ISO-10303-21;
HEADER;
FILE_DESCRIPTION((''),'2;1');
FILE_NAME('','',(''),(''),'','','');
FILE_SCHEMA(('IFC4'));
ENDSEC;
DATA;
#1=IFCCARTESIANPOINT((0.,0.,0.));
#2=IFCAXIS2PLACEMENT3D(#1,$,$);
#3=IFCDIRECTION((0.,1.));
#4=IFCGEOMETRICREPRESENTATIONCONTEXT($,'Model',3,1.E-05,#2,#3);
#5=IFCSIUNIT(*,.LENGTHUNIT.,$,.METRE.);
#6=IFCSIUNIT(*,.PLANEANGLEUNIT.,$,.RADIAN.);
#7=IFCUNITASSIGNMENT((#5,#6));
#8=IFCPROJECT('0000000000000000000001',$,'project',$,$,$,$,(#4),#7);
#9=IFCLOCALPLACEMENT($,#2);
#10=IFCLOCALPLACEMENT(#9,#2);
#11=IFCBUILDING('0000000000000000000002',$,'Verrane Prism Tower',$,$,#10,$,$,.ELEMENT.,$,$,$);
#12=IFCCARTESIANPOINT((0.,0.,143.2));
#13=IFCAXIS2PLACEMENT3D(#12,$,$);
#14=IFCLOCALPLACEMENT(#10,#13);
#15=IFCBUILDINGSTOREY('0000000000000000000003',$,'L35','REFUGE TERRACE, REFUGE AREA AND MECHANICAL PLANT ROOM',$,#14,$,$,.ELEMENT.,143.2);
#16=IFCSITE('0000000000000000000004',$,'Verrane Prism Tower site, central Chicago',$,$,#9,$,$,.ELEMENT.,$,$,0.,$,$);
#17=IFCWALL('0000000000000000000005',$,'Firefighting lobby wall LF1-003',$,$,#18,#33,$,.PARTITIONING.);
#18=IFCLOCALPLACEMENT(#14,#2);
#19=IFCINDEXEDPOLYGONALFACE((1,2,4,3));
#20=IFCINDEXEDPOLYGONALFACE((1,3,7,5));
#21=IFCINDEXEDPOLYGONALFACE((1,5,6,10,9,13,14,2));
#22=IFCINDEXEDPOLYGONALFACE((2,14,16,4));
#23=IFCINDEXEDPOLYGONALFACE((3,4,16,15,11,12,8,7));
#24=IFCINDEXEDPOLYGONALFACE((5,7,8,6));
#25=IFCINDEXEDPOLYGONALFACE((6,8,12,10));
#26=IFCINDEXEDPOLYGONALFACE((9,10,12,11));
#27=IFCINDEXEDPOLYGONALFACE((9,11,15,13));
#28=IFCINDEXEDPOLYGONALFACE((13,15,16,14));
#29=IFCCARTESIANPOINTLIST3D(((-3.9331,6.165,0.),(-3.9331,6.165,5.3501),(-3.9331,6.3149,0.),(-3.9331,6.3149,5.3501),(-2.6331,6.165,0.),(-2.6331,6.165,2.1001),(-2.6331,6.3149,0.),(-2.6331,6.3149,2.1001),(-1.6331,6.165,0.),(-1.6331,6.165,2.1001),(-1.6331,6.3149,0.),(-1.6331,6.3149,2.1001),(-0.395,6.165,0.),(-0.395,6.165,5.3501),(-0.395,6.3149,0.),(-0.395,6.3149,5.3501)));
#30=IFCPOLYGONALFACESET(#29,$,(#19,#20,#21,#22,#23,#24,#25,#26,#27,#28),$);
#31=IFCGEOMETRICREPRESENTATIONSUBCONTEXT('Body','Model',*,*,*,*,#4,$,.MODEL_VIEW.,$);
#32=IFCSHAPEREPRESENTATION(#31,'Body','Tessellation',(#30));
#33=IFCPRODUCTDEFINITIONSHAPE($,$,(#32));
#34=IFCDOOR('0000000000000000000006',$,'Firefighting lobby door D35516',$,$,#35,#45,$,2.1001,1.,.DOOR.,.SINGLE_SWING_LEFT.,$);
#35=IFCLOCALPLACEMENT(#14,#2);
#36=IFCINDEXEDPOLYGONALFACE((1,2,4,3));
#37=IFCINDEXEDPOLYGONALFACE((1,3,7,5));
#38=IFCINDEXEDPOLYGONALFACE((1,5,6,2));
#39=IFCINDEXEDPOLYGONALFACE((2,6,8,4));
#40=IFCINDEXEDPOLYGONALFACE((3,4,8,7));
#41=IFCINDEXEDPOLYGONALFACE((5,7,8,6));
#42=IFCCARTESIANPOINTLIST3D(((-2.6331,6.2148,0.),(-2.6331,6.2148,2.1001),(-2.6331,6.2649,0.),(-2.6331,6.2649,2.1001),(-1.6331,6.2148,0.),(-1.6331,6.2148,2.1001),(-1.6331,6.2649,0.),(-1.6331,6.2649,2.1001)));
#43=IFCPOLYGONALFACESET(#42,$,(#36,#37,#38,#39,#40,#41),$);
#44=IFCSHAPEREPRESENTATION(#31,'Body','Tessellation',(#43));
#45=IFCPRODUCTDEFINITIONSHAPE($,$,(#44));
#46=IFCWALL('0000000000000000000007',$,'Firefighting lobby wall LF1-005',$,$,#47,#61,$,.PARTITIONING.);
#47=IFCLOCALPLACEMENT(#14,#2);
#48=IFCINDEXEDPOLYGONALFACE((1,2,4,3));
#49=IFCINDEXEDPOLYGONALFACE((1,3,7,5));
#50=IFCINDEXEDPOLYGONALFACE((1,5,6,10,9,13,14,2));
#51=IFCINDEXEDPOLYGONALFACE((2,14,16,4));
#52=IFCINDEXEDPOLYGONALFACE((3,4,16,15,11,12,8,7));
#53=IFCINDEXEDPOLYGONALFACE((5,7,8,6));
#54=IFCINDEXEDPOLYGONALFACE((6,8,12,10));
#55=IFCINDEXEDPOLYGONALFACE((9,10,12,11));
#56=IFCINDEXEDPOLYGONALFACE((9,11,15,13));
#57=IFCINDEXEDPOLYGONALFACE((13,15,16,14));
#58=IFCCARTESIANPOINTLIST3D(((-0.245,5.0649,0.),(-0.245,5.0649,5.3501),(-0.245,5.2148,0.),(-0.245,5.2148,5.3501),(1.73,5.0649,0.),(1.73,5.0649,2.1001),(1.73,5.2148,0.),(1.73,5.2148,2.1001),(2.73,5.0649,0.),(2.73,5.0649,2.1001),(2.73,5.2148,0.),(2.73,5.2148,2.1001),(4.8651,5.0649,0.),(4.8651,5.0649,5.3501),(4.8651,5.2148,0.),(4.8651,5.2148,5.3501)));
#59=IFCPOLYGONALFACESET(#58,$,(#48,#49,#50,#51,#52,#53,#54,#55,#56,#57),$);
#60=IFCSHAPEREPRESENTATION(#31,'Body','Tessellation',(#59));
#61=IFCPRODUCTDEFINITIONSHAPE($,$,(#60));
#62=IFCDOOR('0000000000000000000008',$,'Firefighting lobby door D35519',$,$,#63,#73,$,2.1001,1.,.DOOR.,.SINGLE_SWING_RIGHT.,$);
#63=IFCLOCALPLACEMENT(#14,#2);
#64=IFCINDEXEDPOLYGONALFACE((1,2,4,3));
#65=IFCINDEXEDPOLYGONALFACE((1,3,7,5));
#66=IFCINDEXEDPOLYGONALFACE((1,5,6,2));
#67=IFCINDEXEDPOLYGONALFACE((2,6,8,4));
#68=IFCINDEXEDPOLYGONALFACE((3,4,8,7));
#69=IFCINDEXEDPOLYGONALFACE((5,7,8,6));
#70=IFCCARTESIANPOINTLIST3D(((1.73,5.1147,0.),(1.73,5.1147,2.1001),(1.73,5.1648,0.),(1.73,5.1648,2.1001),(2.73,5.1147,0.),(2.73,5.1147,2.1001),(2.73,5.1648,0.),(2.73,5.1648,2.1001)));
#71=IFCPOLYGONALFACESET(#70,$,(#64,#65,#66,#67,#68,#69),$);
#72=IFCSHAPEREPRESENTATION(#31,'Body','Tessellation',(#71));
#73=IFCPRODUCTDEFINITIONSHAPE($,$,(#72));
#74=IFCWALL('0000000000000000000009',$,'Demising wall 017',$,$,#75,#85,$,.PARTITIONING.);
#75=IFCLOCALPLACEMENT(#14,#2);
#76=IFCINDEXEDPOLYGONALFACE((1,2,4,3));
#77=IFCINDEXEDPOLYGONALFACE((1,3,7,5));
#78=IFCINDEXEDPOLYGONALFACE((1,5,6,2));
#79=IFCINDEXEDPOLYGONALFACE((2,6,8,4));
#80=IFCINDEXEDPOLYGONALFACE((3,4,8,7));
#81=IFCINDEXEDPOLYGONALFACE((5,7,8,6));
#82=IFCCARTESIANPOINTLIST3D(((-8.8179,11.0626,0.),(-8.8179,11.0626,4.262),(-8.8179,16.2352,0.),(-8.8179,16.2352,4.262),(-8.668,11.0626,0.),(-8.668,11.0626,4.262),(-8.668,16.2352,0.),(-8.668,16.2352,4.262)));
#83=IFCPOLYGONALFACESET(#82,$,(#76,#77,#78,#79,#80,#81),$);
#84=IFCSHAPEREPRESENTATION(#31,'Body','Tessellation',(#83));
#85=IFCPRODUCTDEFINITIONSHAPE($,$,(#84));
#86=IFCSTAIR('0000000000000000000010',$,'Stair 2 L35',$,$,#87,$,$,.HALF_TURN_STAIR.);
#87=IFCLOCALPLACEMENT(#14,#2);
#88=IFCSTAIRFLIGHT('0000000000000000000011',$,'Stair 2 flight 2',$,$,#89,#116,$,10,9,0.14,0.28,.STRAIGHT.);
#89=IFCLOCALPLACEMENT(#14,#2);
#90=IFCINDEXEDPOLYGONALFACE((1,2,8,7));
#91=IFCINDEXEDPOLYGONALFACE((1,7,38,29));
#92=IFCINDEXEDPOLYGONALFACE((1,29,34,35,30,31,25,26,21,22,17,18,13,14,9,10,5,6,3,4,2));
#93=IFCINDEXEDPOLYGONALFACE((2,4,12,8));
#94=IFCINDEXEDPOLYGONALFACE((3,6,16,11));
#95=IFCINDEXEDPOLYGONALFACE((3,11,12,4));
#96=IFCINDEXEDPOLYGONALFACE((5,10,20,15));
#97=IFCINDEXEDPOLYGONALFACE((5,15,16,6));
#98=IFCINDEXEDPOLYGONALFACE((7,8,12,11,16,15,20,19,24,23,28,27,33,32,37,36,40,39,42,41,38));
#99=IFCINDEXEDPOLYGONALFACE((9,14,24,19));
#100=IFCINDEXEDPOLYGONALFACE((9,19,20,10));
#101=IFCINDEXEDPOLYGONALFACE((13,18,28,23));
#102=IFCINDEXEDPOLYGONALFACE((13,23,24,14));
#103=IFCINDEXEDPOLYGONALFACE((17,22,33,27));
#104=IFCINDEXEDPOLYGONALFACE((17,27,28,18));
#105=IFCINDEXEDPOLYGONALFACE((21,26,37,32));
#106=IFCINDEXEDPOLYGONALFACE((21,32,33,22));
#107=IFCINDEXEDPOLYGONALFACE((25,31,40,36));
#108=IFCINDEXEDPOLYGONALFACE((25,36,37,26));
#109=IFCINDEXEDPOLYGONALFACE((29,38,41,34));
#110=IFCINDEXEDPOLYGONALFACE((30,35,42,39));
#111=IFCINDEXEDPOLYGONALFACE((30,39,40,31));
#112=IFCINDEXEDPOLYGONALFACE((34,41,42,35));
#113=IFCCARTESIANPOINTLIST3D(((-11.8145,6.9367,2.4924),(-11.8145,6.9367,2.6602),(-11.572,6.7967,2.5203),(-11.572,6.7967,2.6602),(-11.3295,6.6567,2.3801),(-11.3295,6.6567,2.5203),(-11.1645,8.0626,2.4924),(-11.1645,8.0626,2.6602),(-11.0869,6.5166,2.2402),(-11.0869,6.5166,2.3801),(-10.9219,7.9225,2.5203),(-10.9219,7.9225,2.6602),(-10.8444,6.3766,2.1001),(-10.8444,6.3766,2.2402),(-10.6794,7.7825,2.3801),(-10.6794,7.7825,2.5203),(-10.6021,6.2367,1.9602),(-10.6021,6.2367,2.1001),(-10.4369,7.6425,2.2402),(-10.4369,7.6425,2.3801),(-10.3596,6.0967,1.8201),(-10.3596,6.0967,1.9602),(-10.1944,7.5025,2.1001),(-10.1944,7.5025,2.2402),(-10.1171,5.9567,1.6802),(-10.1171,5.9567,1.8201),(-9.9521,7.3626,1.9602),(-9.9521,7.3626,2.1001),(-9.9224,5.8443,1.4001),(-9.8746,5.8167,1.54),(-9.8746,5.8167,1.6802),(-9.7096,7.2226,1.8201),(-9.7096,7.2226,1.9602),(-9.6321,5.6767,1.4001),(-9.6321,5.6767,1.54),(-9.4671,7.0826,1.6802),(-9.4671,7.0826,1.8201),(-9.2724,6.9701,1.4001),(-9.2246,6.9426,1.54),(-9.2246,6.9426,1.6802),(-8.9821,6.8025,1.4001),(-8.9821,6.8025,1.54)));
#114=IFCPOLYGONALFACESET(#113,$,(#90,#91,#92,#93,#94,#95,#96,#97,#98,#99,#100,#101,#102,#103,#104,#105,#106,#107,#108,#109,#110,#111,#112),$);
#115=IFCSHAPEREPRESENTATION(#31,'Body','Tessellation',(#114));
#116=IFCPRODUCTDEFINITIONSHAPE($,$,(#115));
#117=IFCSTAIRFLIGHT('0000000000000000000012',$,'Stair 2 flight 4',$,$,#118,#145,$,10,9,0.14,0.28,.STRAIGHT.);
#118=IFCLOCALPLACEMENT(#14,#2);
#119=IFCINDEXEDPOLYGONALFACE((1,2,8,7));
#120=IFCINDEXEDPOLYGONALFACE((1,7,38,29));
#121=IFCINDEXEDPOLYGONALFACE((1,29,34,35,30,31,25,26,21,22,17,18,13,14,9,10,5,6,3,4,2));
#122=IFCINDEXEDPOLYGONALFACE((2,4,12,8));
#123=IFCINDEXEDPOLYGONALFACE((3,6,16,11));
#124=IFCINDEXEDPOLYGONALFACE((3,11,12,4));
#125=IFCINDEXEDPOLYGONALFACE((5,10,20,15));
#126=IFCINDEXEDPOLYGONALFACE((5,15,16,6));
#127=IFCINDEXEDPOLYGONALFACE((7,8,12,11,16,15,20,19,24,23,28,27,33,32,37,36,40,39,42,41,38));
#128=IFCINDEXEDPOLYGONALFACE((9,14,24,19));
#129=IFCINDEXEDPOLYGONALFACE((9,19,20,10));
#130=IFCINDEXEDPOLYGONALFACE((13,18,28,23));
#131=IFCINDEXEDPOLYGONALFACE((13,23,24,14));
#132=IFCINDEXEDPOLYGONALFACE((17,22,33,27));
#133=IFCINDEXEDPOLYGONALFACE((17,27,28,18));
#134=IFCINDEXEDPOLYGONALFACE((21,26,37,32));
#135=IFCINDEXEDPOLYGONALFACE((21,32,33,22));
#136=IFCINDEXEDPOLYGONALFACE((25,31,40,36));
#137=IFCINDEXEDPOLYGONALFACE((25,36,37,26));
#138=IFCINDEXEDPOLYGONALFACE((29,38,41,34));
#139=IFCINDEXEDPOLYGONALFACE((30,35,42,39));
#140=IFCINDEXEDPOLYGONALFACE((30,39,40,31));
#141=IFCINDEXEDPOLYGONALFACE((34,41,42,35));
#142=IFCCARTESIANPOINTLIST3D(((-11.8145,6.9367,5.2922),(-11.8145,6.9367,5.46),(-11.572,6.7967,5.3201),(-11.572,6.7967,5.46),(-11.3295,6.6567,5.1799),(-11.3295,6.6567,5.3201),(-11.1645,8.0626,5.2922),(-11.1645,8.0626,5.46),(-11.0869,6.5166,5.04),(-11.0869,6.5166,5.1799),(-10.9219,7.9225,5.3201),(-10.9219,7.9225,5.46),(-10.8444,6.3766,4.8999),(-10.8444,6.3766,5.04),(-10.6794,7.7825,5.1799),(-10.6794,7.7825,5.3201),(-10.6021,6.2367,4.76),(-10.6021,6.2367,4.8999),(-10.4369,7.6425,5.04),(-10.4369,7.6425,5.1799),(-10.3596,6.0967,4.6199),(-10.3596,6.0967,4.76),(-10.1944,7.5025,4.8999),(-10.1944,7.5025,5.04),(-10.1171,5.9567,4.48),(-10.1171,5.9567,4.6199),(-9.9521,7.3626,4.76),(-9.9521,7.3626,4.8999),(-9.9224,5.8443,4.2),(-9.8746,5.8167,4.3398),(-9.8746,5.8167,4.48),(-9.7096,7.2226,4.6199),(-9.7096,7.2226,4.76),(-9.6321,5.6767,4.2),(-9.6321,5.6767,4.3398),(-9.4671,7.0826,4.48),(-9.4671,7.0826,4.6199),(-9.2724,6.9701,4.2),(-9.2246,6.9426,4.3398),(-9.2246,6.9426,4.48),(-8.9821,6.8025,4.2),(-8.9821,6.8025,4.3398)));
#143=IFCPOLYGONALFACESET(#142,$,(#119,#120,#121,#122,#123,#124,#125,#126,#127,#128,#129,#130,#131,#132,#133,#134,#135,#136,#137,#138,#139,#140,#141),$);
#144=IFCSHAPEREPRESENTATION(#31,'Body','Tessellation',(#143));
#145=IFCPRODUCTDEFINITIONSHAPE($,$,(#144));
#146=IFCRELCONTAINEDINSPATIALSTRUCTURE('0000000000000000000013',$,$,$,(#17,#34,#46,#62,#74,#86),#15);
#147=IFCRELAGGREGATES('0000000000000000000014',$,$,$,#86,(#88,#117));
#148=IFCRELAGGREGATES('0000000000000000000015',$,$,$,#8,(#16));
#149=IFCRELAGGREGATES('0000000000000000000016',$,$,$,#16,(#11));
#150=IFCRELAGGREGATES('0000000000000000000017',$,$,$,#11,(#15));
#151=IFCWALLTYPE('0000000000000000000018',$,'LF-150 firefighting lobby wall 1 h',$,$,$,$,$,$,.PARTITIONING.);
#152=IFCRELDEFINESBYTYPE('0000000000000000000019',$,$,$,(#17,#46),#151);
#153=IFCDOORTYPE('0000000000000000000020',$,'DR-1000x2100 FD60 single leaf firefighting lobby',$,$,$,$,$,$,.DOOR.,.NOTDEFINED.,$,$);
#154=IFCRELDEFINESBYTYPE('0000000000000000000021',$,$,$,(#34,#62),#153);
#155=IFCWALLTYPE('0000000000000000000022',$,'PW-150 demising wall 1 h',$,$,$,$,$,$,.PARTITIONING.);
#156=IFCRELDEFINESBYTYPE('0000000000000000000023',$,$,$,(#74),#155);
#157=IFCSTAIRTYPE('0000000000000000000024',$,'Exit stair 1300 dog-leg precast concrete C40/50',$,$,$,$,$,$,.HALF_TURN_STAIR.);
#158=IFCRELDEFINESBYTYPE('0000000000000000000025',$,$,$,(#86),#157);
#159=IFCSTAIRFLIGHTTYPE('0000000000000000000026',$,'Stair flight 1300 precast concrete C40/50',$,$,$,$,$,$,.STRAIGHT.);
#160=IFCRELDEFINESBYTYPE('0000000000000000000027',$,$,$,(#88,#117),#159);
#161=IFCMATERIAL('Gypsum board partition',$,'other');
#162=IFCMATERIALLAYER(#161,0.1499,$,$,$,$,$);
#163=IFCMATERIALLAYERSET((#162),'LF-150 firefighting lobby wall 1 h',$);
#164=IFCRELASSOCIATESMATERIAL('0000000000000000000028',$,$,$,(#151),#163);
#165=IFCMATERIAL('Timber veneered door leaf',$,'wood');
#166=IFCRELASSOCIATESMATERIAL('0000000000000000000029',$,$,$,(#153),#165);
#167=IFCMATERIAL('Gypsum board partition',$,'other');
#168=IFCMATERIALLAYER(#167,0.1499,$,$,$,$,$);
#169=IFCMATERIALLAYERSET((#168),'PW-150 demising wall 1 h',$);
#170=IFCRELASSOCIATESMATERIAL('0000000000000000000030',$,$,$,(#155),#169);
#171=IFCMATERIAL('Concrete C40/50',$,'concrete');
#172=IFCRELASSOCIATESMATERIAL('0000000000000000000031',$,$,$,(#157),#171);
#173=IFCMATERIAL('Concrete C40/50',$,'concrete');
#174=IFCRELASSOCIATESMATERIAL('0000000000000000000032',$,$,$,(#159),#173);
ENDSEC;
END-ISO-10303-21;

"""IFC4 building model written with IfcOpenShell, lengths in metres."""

from ifc_helpers import new_model, si_unit, direction, frame, frame_2d, origin, place, context, subcontext, project, spatial, polyline, rectangle, outline, extrude, material, layer, layer_set, type_object, element, fill, aggregate, save


model = new_model("IFC4")

# Units and contexts
model_context = context("Model", 3, precision=1e-05, world=origin(), true_north=direction((0.0, 1.0)))
body_context = subcontext(model_context, "Body", "Model", "MODEL_VIEW")
ifc_project = project(units=[si_unit("LENGTHUNIT", "METRE"), si_unit("PLANEANGLEUNIT", "RADIAN")], contexts=[model_context])

# Site, building, storey
site_placement = place(None, origin())
site = spatial("IfcSite", under=ifc_project, at=site_placement, Name="Verrane Prism Tower site, central Chicago", CompositionType="ELEMENT", RefElevation=0.0)
building_placement = place(site_placement, origin())
building = spatial("IfcBuilding", under=site, at=building_placement, Name="Verrane Prism Tower", CompositionType="ELEMENT")
storey_placement = place(building_placement, frame((0.0, 0.0, 143.2)))
storey = spatial("IfcBuildingStorey", under=building, at=storey_placement, Name="L35", Description="REFUGE TERRACE, REFUGE AREA AND MECHANICAL PLANT ROOM", CompositionType="ELEMENT", Elevation=143.2)

# Walls, openings, doors
ifc_material_1 = material(Name="Gypsum board partition", Category="other")
ifc_layer_1 = layer(ifc_material_1, 0.1499)
ifc_layer_set_1 = layer_set([ifc_layer_1], Name="LF-150 firefighting lobby wall 1 h")
wall_type_1 = type_object("IfcWallType", Name="LF-150 firefighting lobby wall 1 h", PredefinedType="PARTITIONING", material=ifc_layer_set_1)
wall_1_placement = place(storey_placement, frame((-3.9331, 6.24, 0.0), z_axis=(0.0, 0.0, 1.0), x_axis=(1.0, 0.0, 0.0)))
wall_1 = element("IfcWall", 1, at=wall_1_placement, inside=storey, type_object=wall_type_1, Name="Firefighting lobby wall LF1-003", PredefinedType="PARTITIONING", context=body_context, shape_type="SweptSolid", body=[
    extrude(rectangle(XDim=3.5381, YDim=0.1499, at=frame_2d((1.769, 0.0))), origin(), (0.0, 0.0, 1.0), 5.3501),
])
opening_1_placement = place(wall_1_placement, frame((1.3, 0.0, 0.0)))
opening_1 = element("IfcOpeningElement", 2, at=opening_1_placement, cuts=wall_1, PredefinedType="OPENING", context=body_context, shape_type="SweptSolid", body=[
    extrude(rectangle(XDim=1.0, YDim=2.1001, at=frame_2d((0.5, 1.05))), frame((0.0, 0.085, 0.0), z_axis=(0.0, -1.0, 0.0), x_axis=(1.0, 0.0, 0.0)), (0.0, 0.0, 1.0), 0.1699),
])
ifc_material_2 = material(Name="Timber veneered door leaf", Category="wood")
door_type_1 = type_object("IfcDoorType", Name="DR-1000x2100 FD60 single leaf firefighting lobby", OperationType="NOTDEFINED", PredefinedType="DOOR", material=ifc_material_2)
door_1_placement = place(opening_1_placement, origin())
door_1 = element("IfcDoor", 3, at=door_1_placement, inside=storey, type_object=door_type_1, Name="Firefighting lobby door D35516", OperationType="SINGLE_SWING_LEFT", OverallHeight=2.1001, OverallWidth=1.0, PredefinedType="DOOR", context=body_context, shape_type="SweptSolid", body=[
    extrude(rectangle(XDim=1.0, YDim=2.1001, at=frame_2d((0.5, 1.05))), frame((0.0, 0.0249, 0.0), z_axis=(0.0, -1.0, 0.0), x_axis=(1.0, 0.0, 0.0)), (0.0, 0.0, 1.0), 0.05),
])
fill(opening_1, door_1)
wall_2_placement = place(storey_placement, frame((-0.2451, 5.1399, 0.0), z_axis=(0.0, 0.0, 1.0), x_axis=(1.0, 0.0, 0.0)))
wall_2 = element("IfcWall", 4, at=wall_2_placement, inside=storey, type_object=wall_type_1, Name="Firefighting lobby wall LF1-005", PredefinedType="PARTITIONING", context=body_context, shape_type="SweptSolid", body=[
    extrude(rectangle(XDim=5.1101, YDim=0.1499, at=frame_2d((2.5552, 0.0))), origin(), (0.0, 0.0, 1.0), 5.3501),
])
opening_2_placement = place(wall_2_placement, frame((1.9751, 0.0, 0.0)))
opening_2 = element("IfcOpeningElement", 5, at=opening_2_placement, cuts=wall_2, PredefinedType="OPENING", context=body_context, shape_type="SweptSolid", body=[
    extrude(rectangle(XDim=1.0, YDim=2.1001, at=frame_2d((0.5, 1.05))), frame((0.0, 0.085, 0.0), z_axis=(0.0, -1.0, 0.0), x_axis=(1.0, 0.0, 0.0)), (0.0, 0.0, 1.0), 0.1699),
])
door_2_placement = place(opening_2_placement, origin())
door_2 = element("IfcDoor", 6, at=door_2_placement, inside=storey, type_object=door_type_1, Name="Firefighting lobby door D35519", OperationType="SINGLE_SWING_RIGHT", OverallHeight=2.1001, OverallWidth=1.0, PredefinedType="DOOR", context=body_context, shape_type="SweptSolid", body=[
    extrude(rectangle(XDim=1.0, YDim=2.1001, at=frame_2d((0.5, 1.05))), frame((0.0, 0.0249, 0.0), z_axis=(0.0, -1.0, 0.0), x_axis=(1.0, 0.0, 0.0)), (0.0, 0.0, 1.0), 0.05),
])
fill(opening_2, door_2)

# Wall
ifc_material_3 = material(Name="Gypsum board partition", Category="other")
ifc_layer_2 = layer(ifc_material_3, 0.1499)
ifc_layer_set_2 = layer_set([ifc_layer_2], Name="PW-150 demising wall 1 h")
wall_type_2 = type_object("IfcWallType", Name="PW-150 demising wall 1 h", PredefinedType="PARTITIONING", material=ifc_layer_set_2)
wall_3_placement = place(storey_placement, frame((-8.7429, 11.0625, 0.0), z_axis=(0.0, 0.0, 1.0), x_axis=(0.0, 1.0, 0.0)))
element("IfcWall", 7, at=wall_3_placement, inside=storey, type_object=wall_type_2, Name="Demising wall 017", PredefinedType="PARTITIONING", context=body_context, shape_type="SweptSolid", body=[
    extrude(rectangle(XDim=5.1726, YDim=0.1499, at=frame_2d((2.5864, 0.0))), origin(), (0.0, 0.0, 1.0), 4.262),
])

# Stair, stair flights
ifc_material_4 = material(Name="Concrete C40/50", Category="concrete")
stair_type = type_object("IfcStairType", Name="Exit stair 1300 dog-leg precast concrete C40/50", PredefinedType="HALF_TURN_STAIR", material=ifc_material_4)
stair_placement = place(storey_placement, origin())
stair = element("IfcStair", 8, at=stair_placement, inside=storey, type_object=stair_type, Name="Stair 2 L35", PredefinedType="HALF_TURN_STAIR")
ifc_material_5 = material(Name="Concrete C40/50", Category="concrete")
stair_flight_type = type_object("IfcStairFlightType", Name="Stair flight 1300 precast concrete C40/50", PredefinedType="STRAIGHT", material=ifc_material_5)
stair_flight_1_placement = place(storey_placement, frame((-9.3071, 6.2395, 1.4001), z_axis=(0.0, 0.0, 1.0), x_axis=(-0.866025, 0.5, 0.0)))
stair_flight_1 = element("IfcStairFlight", 9, at=stair_flight_1_placement, type_object=stair_flight_type, Name="Stair 2 flight 2", NumberOfRisers=10, NumberOfTreads=9, PredefinedType="STRAIGHT", RiserHeight=0.14, TreadLength=0.28, context=body_context, shape_type="SweptSolid", body=[
    extrude(outline(polyline([(0.0, 0.0), (0.0, 0.1399), (0.28, 0.1399), (0.28, 0.28), (0.5601, 0.28), (0.5601, 0.4199), (0.8401, 0.4199), (0.8401, 0.5601), (1.1201, 0.5601), (1.1201, 0.7), (1.3999, 0.7), (1.3999, 0.8401), (1.6799, 0.8401), (1.6799, 0.98), (1.96, 0.98), (1.96, 1.1201), (2.24, 1.1201), (2.24, 1.26), (2.52, 1.26), (2.52, 1.3999), (2.52, 1.0923), (0.3352, 0.0), (0.0, 0.0)])), frame((0.0, 0.6499, 0.0), z_axis=(0.0, -1.0, 0.0), x_axis=(1.0, 0.0, 0.0)), (0.0, 0.0, 1.0), 1.3),
])
stair_flight_2_placement = place(storey_placement, frame((-9.3071, 6.2395, 4.2), z_axis=(0.0, 0.0, 1.0), x_axis=(-0.866025, 0.5, 0.0)))
stair_flight_2 = element("IfcStairFlight", 10, at=stair_flight_2_placement, type_object=stair_flight_type, Name="Stair 2 flight 4", NumberOfRisers=10, NumberOfTreads=9, PredefinedType="STRAIGHT", RiserHeight=0.14, TreadLength=0.28, context=body_context, shape_type="SweptSolid", body=[
    extrude(outline(polyline([(0.0, 0.0), (0.0, 0.1399), (0.28, 0.1399), (0.28, 0.28), (0.5601, 0.28), (0.5601, 0.4199), (0.8401, 0.4199), (0.8401, 0.5601), (1.1201, 0.5601), (1.1201, 0.7), (1.3999, 0.7), (1.3999, 0.8401), (1.6799, 0.8401), (1.6799, 0.98), (1.96, 0.98), (1.96, 1.1201), (2.24, 1.1201), (2.24, 1.26), (2.52, 1.26), (2.52, 1.3999), (2.52, 1.0923), (0.3352, 0.0), (0.0, 0.0)])), frame((0.0, 0.6499, 0.0), z_axis=(0.0, -1.0, 0.0), x_axis=(1.0, 0.0, 0.0)), (0.0, 0.0, 1.0), 1.3),
])
aggregate(stair, [stair_flight_1, stair_flight_2])

save(model, "model.ifc")
